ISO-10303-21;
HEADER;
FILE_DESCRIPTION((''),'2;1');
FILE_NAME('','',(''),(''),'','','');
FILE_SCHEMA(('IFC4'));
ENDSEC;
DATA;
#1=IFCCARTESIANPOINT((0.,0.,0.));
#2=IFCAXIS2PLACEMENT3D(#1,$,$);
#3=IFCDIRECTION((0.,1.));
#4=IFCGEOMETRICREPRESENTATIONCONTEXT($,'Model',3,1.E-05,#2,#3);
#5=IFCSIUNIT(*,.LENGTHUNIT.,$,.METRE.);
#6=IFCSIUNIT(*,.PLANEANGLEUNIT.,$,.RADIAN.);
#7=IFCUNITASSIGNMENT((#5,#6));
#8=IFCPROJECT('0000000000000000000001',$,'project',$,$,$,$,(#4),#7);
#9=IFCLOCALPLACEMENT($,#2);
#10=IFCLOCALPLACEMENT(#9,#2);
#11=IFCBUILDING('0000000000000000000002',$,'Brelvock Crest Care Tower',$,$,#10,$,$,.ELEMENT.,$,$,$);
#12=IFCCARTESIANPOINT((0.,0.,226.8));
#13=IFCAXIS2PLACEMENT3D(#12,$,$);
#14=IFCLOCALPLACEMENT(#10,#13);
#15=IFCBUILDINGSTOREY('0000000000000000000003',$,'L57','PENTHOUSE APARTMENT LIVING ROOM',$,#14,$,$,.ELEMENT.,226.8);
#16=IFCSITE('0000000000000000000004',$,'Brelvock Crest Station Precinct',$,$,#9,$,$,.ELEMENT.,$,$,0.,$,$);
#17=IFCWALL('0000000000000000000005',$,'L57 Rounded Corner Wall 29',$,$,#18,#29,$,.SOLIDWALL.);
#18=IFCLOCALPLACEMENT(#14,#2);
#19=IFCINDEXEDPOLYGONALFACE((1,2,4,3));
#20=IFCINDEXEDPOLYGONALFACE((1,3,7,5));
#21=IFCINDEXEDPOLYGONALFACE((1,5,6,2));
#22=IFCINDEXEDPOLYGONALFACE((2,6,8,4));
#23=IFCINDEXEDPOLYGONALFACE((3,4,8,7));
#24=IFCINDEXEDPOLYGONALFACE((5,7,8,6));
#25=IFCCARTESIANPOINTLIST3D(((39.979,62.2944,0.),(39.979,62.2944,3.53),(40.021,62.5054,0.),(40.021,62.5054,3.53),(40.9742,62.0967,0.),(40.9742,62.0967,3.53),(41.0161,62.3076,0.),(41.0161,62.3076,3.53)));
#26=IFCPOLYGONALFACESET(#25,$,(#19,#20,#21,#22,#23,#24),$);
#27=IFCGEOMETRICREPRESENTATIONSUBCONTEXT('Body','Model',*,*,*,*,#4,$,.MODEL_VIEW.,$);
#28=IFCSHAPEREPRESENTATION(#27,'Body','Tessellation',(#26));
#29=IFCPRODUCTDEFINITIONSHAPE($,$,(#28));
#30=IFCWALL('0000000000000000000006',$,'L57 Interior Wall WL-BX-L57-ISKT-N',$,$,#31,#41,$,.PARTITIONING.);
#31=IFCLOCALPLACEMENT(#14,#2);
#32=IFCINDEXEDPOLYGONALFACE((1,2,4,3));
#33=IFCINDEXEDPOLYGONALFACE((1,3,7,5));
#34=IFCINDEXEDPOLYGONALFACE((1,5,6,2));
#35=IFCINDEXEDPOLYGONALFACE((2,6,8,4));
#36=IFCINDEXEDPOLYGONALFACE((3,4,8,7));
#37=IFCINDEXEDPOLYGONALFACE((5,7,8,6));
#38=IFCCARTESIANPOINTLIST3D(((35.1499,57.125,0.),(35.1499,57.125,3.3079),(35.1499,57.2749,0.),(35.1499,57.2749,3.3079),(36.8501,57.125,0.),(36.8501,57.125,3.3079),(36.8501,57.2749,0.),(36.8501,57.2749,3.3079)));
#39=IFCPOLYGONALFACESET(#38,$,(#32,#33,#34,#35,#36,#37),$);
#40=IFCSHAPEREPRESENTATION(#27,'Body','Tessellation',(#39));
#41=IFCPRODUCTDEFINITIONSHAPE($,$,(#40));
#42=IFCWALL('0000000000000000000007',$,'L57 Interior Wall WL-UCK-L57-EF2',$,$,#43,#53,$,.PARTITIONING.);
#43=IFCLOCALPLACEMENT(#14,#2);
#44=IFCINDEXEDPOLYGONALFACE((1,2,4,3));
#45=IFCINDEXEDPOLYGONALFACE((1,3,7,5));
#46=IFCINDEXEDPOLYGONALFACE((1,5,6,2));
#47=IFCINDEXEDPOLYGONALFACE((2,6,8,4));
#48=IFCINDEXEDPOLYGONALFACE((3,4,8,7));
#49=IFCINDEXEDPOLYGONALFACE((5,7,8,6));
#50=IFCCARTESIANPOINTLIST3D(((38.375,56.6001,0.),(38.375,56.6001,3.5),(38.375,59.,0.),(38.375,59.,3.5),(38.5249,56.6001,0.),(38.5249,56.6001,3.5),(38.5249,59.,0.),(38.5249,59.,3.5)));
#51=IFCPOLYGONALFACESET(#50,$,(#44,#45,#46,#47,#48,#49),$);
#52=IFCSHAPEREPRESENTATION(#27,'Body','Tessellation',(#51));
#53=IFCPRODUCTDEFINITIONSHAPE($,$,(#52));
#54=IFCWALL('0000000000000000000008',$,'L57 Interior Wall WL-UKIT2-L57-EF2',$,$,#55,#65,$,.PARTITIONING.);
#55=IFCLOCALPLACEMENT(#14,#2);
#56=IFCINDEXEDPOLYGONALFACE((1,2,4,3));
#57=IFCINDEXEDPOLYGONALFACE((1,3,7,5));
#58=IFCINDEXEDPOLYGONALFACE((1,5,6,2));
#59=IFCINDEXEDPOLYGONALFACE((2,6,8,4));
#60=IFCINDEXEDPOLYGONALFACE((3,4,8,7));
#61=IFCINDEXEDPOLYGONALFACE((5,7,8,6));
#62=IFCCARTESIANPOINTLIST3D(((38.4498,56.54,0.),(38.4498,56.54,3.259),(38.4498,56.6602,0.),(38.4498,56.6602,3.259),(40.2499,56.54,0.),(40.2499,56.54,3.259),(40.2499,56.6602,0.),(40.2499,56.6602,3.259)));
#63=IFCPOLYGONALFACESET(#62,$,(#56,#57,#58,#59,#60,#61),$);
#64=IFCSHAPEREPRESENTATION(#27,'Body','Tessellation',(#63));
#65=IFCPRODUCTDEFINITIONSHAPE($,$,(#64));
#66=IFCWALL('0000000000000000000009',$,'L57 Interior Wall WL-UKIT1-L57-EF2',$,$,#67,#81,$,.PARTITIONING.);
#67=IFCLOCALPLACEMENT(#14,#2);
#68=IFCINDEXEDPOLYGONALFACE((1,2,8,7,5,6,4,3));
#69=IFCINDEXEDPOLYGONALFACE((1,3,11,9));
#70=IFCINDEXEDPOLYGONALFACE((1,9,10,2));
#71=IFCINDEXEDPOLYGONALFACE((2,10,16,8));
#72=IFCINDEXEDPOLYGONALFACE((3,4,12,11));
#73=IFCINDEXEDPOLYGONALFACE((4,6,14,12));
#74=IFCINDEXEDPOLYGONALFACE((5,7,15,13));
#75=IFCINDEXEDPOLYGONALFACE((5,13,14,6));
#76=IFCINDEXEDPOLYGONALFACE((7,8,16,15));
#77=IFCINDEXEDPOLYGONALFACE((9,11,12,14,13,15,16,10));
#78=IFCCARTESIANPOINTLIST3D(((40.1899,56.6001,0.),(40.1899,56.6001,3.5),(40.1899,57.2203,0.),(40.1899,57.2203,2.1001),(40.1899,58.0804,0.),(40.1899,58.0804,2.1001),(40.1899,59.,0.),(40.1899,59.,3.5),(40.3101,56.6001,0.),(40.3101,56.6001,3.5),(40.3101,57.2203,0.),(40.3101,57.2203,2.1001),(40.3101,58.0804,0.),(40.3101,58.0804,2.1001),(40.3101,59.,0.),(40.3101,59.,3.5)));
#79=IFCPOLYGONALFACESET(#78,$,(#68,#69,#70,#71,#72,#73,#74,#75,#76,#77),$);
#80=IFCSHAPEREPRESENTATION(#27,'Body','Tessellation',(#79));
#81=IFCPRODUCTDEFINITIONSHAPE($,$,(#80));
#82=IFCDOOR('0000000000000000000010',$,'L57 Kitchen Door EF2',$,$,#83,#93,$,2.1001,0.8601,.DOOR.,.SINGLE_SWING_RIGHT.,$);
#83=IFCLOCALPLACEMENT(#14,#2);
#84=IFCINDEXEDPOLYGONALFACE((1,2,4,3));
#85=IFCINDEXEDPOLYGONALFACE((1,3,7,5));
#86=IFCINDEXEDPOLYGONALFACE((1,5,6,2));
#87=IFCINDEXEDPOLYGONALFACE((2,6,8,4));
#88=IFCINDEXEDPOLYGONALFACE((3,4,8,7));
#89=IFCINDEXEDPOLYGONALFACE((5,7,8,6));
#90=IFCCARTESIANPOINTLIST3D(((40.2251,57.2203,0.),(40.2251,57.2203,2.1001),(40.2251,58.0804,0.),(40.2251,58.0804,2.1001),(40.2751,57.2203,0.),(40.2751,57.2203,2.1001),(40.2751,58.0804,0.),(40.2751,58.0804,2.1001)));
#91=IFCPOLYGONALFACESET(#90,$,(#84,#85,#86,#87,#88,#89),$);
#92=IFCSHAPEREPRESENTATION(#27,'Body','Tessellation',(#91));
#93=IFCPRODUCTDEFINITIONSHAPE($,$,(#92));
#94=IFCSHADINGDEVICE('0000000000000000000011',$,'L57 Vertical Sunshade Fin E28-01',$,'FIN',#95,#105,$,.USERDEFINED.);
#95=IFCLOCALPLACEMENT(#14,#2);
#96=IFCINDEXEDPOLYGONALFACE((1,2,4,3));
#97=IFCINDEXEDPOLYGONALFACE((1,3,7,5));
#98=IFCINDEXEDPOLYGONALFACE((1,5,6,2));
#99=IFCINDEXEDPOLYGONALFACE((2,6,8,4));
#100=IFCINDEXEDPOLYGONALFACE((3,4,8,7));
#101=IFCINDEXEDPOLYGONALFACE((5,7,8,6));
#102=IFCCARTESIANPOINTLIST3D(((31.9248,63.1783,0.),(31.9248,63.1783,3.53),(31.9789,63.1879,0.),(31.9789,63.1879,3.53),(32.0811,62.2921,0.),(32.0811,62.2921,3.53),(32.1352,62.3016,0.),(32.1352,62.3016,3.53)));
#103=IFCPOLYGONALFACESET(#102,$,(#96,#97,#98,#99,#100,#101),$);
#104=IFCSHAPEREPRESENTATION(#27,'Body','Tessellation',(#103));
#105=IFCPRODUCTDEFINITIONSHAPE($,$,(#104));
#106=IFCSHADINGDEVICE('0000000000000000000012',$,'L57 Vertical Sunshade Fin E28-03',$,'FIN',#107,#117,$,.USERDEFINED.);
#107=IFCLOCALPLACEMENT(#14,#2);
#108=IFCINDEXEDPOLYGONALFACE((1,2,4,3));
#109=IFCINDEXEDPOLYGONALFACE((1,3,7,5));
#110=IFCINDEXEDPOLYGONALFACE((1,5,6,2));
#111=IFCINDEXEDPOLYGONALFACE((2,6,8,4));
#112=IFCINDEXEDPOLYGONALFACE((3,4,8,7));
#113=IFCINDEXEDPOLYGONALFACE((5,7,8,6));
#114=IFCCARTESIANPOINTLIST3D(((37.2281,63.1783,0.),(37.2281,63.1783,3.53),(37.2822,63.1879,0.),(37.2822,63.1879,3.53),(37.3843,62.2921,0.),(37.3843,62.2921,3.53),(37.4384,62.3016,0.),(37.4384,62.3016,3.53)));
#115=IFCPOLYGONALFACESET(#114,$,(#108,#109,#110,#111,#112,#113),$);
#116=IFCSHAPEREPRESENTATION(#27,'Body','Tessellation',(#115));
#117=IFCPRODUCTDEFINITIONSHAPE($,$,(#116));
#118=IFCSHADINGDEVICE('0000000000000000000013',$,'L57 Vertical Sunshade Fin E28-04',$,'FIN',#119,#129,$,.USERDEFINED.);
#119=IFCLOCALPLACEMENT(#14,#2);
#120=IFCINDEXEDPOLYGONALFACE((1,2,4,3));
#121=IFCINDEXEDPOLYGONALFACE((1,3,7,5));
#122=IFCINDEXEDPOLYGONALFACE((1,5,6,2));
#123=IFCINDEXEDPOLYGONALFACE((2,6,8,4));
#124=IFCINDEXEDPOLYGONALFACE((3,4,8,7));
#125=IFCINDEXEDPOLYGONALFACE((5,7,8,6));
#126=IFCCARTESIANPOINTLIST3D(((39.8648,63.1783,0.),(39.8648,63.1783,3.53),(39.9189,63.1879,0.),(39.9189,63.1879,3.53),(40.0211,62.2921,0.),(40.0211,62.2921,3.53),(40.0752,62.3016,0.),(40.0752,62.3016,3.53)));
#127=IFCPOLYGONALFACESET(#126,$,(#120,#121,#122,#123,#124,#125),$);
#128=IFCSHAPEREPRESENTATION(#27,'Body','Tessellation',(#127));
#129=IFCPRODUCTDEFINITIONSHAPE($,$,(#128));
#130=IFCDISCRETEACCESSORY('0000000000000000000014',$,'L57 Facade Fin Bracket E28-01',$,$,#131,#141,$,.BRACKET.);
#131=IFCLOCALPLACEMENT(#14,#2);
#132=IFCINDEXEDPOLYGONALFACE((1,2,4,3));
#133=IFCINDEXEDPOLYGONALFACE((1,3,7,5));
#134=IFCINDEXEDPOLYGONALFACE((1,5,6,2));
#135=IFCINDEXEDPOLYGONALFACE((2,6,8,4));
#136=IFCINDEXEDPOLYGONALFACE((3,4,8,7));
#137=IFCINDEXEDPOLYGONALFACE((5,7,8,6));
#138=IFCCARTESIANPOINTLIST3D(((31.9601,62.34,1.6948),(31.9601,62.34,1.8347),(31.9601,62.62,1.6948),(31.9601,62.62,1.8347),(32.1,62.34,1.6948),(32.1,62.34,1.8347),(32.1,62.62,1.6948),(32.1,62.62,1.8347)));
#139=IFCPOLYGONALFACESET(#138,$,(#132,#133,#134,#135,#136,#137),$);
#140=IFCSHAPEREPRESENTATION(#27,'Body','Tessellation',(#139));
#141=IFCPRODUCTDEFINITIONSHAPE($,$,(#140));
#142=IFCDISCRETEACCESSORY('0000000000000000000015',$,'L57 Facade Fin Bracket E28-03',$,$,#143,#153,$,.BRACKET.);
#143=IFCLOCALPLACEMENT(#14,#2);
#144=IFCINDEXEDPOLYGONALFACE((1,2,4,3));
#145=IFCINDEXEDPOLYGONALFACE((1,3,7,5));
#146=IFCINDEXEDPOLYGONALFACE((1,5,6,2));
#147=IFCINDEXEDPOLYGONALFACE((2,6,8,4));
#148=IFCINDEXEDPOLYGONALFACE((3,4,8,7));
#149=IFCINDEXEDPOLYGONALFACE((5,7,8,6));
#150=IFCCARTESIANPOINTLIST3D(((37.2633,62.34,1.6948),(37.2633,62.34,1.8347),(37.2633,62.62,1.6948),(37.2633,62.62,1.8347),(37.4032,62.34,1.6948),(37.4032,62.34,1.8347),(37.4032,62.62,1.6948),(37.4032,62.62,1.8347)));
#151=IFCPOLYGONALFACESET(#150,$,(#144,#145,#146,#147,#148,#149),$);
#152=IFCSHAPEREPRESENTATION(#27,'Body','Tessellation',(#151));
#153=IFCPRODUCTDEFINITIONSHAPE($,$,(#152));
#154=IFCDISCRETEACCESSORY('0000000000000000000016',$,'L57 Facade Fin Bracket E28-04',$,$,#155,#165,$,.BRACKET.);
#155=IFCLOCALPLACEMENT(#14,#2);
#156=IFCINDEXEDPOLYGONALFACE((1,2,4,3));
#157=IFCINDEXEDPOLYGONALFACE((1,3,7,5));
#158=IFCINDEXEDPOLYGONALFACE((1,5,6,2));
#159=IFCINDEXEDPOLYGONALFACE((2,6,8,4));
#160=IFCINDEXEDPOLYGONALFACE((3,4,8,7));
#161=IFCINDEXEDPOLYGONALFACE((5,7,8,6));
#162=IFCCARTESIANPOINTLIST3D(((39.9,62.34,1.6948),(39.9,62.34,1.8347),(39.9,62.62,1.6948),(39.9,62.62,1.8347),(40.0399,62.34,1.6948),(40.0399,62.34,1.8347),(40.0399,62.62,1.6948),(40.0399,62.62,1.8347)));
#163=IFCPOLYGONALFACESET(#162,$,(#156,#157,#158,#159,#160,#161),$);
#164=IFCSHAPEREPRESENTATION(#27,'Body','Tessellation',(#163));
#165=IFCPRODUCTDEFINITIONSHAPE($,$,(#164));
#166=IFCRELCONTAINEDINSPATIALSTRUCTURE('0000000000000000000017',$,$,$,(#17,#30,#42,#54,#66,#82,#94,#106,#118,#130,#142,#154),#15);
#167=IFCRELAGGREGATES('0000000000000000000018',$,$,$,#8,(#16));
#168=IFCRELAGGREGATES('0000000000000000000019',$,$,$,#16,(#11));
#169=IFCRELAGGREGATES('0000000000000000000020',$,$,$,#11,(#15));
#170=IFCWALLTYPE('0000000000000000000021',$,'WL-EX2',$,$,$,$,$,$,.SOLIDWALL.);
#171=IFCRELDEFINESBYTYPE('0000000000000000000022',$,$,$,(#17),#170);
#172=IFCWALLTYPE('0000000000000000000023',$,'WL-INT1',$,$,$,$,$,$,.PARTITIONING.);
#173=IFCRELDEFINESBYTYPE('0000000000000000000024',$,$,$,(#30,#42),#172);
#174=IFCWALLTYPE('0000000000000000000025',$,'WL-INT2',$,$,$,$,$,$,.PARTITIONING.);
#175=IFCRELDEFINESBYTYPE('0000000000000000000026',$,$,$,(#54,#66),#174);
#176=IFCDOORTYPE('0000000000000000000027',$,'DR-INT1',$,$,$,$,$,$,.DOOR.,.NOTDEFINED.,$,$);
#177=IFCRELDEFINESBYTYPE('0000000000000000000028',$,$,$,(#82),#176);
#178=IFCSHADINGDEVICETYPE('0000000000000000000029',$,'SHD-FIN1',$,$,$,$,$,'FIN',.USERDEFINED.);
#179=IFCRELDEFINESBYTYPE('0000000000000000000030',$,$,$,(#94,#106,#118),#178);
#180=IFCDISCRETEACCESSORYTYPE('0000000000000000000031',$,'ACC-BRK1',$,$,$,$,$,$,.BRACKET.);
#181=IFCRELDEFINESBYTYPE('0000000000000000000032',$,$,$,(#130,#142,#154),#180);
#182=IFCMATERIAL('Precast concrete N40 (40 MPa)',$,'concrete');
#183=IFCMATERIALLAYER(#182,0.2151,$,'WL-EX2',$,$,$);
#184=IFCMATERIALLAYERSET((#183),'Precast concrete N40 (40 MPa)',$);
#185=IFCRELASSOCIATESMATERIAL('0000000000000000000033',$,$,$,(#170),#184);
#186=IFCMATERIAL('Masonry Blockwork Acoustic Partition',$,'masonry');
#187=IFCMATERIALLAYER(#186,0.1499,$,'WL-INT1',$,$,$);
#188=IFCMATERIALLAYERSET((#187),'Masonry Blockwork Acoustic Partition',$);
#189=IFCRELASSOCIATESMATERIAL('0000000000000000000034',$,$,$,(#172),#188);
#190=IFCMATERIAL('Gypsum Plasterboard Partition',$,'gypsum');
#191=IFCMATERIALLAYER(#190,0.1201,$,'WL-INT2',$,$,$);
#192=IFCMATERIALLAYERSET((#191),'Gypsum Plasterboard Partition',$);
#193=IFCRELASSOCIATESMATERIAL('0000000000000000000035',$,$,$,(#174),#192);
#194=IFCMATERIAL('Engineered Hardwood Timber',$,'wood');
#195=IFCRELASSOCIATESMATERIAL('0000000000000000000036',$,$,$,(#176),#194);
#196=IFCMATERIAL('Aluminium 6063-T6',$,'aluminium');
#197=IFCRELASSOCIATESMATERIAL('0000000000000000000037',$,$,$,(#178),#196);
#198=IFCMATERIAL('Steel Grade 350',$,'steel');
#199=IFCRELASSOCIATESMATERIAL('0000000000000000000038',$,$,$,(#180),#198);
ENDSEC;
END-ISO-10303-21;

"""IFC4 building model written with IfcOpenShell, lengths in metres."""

from ifc_helpers import new_model, si_unit, direction, frame, frame_2d, origin, origin_2d, place, context, subcontext, project, spatial, rectangle, extrude, source, transform, mapped, material, layer, layer_set, material_profile, profile_set, type_object, element, fill, save


model = new_model("IFC4")

# Units and contexts
model_context = context("Model", 3, precision=1e-05, world=origin(), true_north=direction((0.0, 1.0)))
body_context = subcontext(model_context, "Body", "Model", "MODEL_VIEW")
ifc_project = project(units=[si_unit("LENGTHUNIT", "METRE"), si_unit("PLANEANGLEUNIT", "RADIAN")], contexts=[model_context])

# Site, building, storey
site_placement = place(None, origin())
site = spatial("IfcSite", under=ifc_project, at=site_placement, Name="Brelvock Crest Station Precinct", CompositionType="ELEMENT", RefElevation=0.0)
building_placement = place(site_placement, origin())
building = spatial("IfcBuilding", under=site, at=building_placement, Name="Brelvock Crest Care Tower", CompositionType="ELEMENT")
storey_placement = place(building_placement, frame((0.0, 0.0, 226.8)))
storey = spatial("IfcBuildingStorey", under=building, at=storey_placement, Name="L57", Description="PENTHOUSE APARTMENT LIVING ROOM", CompositionType="ELEMENT", Elevation=226.8)

# Shared definitions
ifc_material_1 = material(Name="Steel Grade 350", Category="steel")

# Shared definitions
ifc_material_2 = material(Name="Aluminium 6063-T6", Category="aluminium")

# Walls
ifc_material_3 = material(Name="Precast concrete N40 (40 MPa)", Category="concrete")
ifc_layer_1 = layer(ifc_material_3, 0.2151, Name="WL-EX2")
ifc_layer_set_1 = layer_set([ifc_layer_1], Name="Precast concrete N40 (40 MPa)")
wall_type_1 = type_object("IfcWallType", Name="WL-EX2", PredefinedType="SOLIDWALL", material=ifc_layer_set_1)
wall_1_placement = place(storey_placement, frame((40.0, 62.3999, 0.0), z_axis=(0.0, 0.0, 1.0), x_axis=(0.980821, -0.194913, 0.0)))
element("IfcWall", 1, at=wall_1_placement, inside=storey, type_object=wall_type_1, Name="L57 Rounded Corner Wall 29", PredefinedType="SOLIDWALL", context=body_context, shape_type="SweptSolid", body=[
    extrude(rectangle(XDim=1.0146, YDim=0.2151, at=frame_2d((0.5073, 0.0))), origin(), (0.0, 0.0, 1.0), 3.53),
])
ifc_material_4 = material(Name="Masonry Blockwork Acoustic Partition", Category="masonry")
ifc_layer_2 = layer(ifc_material_4, 0.1499, Name="WL-INT1")
ifc_layer_set_2 = layer_set([ifc_layer_2], Name="Masonry Blockwork Acoustic Partition")
wall_type_2 = type_object("IfcWallType", Name="WL-INT1", PredefinedType="PARTITIONING", material=ifc_layer_set_2)
wall_2_placement = place(storey_placement, frame((35.1499, 57.2, 0.0), z_axis=(0.0, 0.0, 1.0), x_axis=(1.0, 0.0, 0.0)))
element("IfcWall", 2, at=wall_2_placement, inside=storey, type_object=wall_type_2, Name="L57 Interior Wall WL-BX-L57-ISKT-N", PredefinedType="PARTITIONING", context=body_context, shape_type="SweptSolid", body=[
    extrude(rectangle(XDim=1.7002, YDim=0.1499, at=frame_2d((0.8501, 0.0))), origin(), (0.0, 0.0, 1.0), 3.3079),
])
wall_3_placement = place(storey_placement, frame((38.45, 56.6001, 0.0), z_axis=(0.0, 0.0, 1.0), x_axis=(0.0, 1.0, 0.0)))
element("IfcWall", 3, at=wall_3_placement, inside=storey, type_object=wall_type_2, Name="L57 Interior Wall WL-UCK-L57-EF2", PredefinedType="PARTITIONING", context=body_context, shape_type="SweptSolid", body=[
    extrude(rectangle(XDim=2.3999, YDim=0.1499, at=frame_2d((1.2, 0.0))), origin(), (0.0, 0.0, 1.0), 3.5),
])
ifc_material_5 = material(Name="Gypsum Plasterboard Partition", Category="gypsum")
ifc_layer_3 = layer(ifc_material_5, 0.1201, Name="WL-INT2")
ifc_layer_set_3 = layer_set([ifc_layer_3], Name="Gypsum Plasterboard Partition")
wall_type_3 = type_object("IfcWallType", Name="WL-INT2", PredefinedType="PARTITIONING", material=ifc_layer_set_3)
wall_4_placement = place(storey_placement, frame((38.45, 56.6001, 0.0), z_axis=(0.0, 0.0, 1.0), x_axis=(1.0, 0.0, 0.0)))
element("IfcWall", 4, at=wall_4_placement, inside=storey, type_object=wall_type_3, Name="L57 Interior Wall WL-UKIT2-L57-EF2", PredefinedType="PARTITIONING", context=body_context, shape_type="SweptSolid", body=[
    extrude(rectangle(XDim=1.8, YDim=0.1201, at=frame_2d((0.8999, 0.0))), origin(), (0.0, 0.0, 1.0), 3.259),
])

# Wall, opening, door
wall_5_placement = place(storey_placement, frame((40.25, 56.6001, 0.0), z_axis=(0.0, 0.0, 1.0), x_axis=(0.0, 1.0, 0.0)))
wall_5 = element("IfcWall", 5, at=wall_5_placement, inside=storey, type_object=wall_type_3, Name="L57 Interior Wall WL-UKIT1-L57-EF2", PredefinedType="PARTITIONING", context=body_context, shape_type="SweptSolid", body=[
    extrude(rectangle(XDim=2.3999, YDim=0.1201, at=frame_2d((1.2, 0.0))), origin(), (0.0, 0.0, 1.0), 3.5),
])
opening_placement = place(wall_5_placement, frame((0.6201, 0.0, 0.0)))
opening = element("IfcOpeningElement", 6, at=opening_placement, cuts=wall_5, PredefinedType="OPENING", context=body_context, shape_type="SweptSolid", body=[
    extrude(rectangle(XDim=0.8601, YDim=2.1001, at=origin_2d()), frame((0.4302, 0.0701, 1.05), z_axis=(0.0, -1.0, 0.0), x_axis=(1.0, 0.0, 0.0)), (0.0, 0.0, 1.0), 0.1401),
])
ifc_material_6 = material(Name="Engineered Hardwood Timber", Category="wood")
door_type = type_object("IfcDoorType", Name="DR-INT1", OperationType="NOTDEFINED", PredefinedType="DOOR", material=ifc_material_6)
shared_shape_1 = source(origin(), body_context, "Body", "SweptSolid", [
    extrude(rectangle(XDim=0.8601, YDim=2.1001, at=origin_2d()), frame((0.4302, 0.0249, 1.05), z_axis=(0.0, -1.0, 0.0), x_axis=(1.0, 0.0, 0.0)), (0.0, 0.0, 1.0), 0.05),
])
door_placement = place(opening_placement, origin())
door = element("IfcDoor", 7, at=door_placement, inside=storey, type_object=door_type, Name="L57 Kitchen Door EF2", OperationType="SINGLE_SWING_RIGHT", OverallHeight=2.1001, OverallWidth=0.8601, PredefinedType="DOOR", context=body_context, shape_type="MappedRepresentation", body=[
    mapped(shared_shape_1, transform((0.0, 0.0, 0.0), x_axis=(1.0, 0.0, 0.0), y_axis=(0.0, 1.0, 0.0), z_axis=(0.0, 0.0, 1.0), scale=1.0)),
])
fill(opening, door)

# Shading devices
ifc_material_profile_1 = material_profile(ifc_material_2, rectangle(XDim=0.0549, YDim=0.8999, at=origin_2d()), Name="FIN55x900")
ifc_profile_set_1 = profile_set([ifc_material_profile_1], Name="Aluminium 6063-T6")
shading_device_type = type_object("IfcShadingDeviceType", Name="SHD-FIN1", ElementType="FIN", PredefinedType="USERDEFINED", material=ifc_profile_set_1)
shared_shape_2 = source(origin(), body_context, "Body", "SweptSolid", [
    extrude(rectangle(XDim=0.0549, YDim=0.8999, at=origin_2d()), origin(), (0.0, 0.0, 1.0), 3.53),
])
for number, where, z_axis, x_axis, name in (
    (8, (32.03, 62.74, 0.0), (0.0, 0.0, 1.0), (0.984808, 0.173648, 0.0), "L57 Vertical Sunshade Fin E28-01"),
    (9, (37.3333, 62.74, 0.0), (0.0, 0.0, 1.0), (0.984808, 0.173648, 0.0), "L57 Vertical Sunshade Fin E28-03"),
    (10, (39.97, 62.74, 0.0), (0.0, 0.0, 1.0), (0.984808, 0.173648, 0.0), "L57 Vertical Sunshade Fin E28-04"),
):
    element("IfcShadingDevice", number, at=place(storey_placement, frame(where, z_axis=z_axis, x_axis=x_axis)), inside=storey, type_object=shading_device_type, Name=name, ObjectType="FIN", PredefinedType="USERDEFINED", context=body_context, shape_type="MappedRepresentation", body=[
        mapped(shared_shape_2, transform((0.0, 0.0, 0.0), x_axis=(1.0, 0.0, 0.0), y_axis=(0.0, 1.0, 0.0), z_axis=(0.0, 0.0, 1.0), scale=1.0)),
    ])

# Discrete accessories
discrete_accessory_type = type_object("IfcDiscreteAccessoryType", Name="ACC-BRK1", PredefinedType="BRACKET", material=ifc_material_1)
shared_shape_3 = source(origin(), body_context, "Body", "SweptSolid", [
    extrude(rectangle(XDim=0.28, YDim=0.1399, at=origin_2d()), origin(), (0.0, 0.0, 1.0), 0.1399),
])
for number, where, z_axis, x_axis, name in (
    (11, (32.03, 62.48, 1.6948), (0.0, 0.0, 1.0), (0.0, 1.0, 0.0), "L57 Facade Fin Bracket E28-01"),
    (12, (37.3333, 62.48, 1.6948), (0.0, 0.0, 1.0), (0.0, 1.0, 0.0), "L57 Facade Fin Bracket E28-03"),
    (13, (39.97, 62.48, 1.6948), (0.0, 0.0, 1.0), (0.0, 1.0, 0.0), "L57 Facade Fin Bracket E28-04"),
):
    element("IfcDiscreteAccessory", number, at=place(storey_placement, frame(where, z_axis=z_axis, x_axis=x_axis)), inside=storey, type_object=discrete_accessory_type, Name=name, PredefinedType="BRACKET", context=body_context, shape_type="MappedRepresentation", body=[
        mapped(shared_shape_3, transform((0.0, 0.0, 0.0), x_axis=(1.0, 0.0, 0.0), y_axis=(0.0, 1.0, 0.0), z_axis=(0.0, 0.0, 1.0), scale=1.0)),
    ])

save(model, "model.ifc")
